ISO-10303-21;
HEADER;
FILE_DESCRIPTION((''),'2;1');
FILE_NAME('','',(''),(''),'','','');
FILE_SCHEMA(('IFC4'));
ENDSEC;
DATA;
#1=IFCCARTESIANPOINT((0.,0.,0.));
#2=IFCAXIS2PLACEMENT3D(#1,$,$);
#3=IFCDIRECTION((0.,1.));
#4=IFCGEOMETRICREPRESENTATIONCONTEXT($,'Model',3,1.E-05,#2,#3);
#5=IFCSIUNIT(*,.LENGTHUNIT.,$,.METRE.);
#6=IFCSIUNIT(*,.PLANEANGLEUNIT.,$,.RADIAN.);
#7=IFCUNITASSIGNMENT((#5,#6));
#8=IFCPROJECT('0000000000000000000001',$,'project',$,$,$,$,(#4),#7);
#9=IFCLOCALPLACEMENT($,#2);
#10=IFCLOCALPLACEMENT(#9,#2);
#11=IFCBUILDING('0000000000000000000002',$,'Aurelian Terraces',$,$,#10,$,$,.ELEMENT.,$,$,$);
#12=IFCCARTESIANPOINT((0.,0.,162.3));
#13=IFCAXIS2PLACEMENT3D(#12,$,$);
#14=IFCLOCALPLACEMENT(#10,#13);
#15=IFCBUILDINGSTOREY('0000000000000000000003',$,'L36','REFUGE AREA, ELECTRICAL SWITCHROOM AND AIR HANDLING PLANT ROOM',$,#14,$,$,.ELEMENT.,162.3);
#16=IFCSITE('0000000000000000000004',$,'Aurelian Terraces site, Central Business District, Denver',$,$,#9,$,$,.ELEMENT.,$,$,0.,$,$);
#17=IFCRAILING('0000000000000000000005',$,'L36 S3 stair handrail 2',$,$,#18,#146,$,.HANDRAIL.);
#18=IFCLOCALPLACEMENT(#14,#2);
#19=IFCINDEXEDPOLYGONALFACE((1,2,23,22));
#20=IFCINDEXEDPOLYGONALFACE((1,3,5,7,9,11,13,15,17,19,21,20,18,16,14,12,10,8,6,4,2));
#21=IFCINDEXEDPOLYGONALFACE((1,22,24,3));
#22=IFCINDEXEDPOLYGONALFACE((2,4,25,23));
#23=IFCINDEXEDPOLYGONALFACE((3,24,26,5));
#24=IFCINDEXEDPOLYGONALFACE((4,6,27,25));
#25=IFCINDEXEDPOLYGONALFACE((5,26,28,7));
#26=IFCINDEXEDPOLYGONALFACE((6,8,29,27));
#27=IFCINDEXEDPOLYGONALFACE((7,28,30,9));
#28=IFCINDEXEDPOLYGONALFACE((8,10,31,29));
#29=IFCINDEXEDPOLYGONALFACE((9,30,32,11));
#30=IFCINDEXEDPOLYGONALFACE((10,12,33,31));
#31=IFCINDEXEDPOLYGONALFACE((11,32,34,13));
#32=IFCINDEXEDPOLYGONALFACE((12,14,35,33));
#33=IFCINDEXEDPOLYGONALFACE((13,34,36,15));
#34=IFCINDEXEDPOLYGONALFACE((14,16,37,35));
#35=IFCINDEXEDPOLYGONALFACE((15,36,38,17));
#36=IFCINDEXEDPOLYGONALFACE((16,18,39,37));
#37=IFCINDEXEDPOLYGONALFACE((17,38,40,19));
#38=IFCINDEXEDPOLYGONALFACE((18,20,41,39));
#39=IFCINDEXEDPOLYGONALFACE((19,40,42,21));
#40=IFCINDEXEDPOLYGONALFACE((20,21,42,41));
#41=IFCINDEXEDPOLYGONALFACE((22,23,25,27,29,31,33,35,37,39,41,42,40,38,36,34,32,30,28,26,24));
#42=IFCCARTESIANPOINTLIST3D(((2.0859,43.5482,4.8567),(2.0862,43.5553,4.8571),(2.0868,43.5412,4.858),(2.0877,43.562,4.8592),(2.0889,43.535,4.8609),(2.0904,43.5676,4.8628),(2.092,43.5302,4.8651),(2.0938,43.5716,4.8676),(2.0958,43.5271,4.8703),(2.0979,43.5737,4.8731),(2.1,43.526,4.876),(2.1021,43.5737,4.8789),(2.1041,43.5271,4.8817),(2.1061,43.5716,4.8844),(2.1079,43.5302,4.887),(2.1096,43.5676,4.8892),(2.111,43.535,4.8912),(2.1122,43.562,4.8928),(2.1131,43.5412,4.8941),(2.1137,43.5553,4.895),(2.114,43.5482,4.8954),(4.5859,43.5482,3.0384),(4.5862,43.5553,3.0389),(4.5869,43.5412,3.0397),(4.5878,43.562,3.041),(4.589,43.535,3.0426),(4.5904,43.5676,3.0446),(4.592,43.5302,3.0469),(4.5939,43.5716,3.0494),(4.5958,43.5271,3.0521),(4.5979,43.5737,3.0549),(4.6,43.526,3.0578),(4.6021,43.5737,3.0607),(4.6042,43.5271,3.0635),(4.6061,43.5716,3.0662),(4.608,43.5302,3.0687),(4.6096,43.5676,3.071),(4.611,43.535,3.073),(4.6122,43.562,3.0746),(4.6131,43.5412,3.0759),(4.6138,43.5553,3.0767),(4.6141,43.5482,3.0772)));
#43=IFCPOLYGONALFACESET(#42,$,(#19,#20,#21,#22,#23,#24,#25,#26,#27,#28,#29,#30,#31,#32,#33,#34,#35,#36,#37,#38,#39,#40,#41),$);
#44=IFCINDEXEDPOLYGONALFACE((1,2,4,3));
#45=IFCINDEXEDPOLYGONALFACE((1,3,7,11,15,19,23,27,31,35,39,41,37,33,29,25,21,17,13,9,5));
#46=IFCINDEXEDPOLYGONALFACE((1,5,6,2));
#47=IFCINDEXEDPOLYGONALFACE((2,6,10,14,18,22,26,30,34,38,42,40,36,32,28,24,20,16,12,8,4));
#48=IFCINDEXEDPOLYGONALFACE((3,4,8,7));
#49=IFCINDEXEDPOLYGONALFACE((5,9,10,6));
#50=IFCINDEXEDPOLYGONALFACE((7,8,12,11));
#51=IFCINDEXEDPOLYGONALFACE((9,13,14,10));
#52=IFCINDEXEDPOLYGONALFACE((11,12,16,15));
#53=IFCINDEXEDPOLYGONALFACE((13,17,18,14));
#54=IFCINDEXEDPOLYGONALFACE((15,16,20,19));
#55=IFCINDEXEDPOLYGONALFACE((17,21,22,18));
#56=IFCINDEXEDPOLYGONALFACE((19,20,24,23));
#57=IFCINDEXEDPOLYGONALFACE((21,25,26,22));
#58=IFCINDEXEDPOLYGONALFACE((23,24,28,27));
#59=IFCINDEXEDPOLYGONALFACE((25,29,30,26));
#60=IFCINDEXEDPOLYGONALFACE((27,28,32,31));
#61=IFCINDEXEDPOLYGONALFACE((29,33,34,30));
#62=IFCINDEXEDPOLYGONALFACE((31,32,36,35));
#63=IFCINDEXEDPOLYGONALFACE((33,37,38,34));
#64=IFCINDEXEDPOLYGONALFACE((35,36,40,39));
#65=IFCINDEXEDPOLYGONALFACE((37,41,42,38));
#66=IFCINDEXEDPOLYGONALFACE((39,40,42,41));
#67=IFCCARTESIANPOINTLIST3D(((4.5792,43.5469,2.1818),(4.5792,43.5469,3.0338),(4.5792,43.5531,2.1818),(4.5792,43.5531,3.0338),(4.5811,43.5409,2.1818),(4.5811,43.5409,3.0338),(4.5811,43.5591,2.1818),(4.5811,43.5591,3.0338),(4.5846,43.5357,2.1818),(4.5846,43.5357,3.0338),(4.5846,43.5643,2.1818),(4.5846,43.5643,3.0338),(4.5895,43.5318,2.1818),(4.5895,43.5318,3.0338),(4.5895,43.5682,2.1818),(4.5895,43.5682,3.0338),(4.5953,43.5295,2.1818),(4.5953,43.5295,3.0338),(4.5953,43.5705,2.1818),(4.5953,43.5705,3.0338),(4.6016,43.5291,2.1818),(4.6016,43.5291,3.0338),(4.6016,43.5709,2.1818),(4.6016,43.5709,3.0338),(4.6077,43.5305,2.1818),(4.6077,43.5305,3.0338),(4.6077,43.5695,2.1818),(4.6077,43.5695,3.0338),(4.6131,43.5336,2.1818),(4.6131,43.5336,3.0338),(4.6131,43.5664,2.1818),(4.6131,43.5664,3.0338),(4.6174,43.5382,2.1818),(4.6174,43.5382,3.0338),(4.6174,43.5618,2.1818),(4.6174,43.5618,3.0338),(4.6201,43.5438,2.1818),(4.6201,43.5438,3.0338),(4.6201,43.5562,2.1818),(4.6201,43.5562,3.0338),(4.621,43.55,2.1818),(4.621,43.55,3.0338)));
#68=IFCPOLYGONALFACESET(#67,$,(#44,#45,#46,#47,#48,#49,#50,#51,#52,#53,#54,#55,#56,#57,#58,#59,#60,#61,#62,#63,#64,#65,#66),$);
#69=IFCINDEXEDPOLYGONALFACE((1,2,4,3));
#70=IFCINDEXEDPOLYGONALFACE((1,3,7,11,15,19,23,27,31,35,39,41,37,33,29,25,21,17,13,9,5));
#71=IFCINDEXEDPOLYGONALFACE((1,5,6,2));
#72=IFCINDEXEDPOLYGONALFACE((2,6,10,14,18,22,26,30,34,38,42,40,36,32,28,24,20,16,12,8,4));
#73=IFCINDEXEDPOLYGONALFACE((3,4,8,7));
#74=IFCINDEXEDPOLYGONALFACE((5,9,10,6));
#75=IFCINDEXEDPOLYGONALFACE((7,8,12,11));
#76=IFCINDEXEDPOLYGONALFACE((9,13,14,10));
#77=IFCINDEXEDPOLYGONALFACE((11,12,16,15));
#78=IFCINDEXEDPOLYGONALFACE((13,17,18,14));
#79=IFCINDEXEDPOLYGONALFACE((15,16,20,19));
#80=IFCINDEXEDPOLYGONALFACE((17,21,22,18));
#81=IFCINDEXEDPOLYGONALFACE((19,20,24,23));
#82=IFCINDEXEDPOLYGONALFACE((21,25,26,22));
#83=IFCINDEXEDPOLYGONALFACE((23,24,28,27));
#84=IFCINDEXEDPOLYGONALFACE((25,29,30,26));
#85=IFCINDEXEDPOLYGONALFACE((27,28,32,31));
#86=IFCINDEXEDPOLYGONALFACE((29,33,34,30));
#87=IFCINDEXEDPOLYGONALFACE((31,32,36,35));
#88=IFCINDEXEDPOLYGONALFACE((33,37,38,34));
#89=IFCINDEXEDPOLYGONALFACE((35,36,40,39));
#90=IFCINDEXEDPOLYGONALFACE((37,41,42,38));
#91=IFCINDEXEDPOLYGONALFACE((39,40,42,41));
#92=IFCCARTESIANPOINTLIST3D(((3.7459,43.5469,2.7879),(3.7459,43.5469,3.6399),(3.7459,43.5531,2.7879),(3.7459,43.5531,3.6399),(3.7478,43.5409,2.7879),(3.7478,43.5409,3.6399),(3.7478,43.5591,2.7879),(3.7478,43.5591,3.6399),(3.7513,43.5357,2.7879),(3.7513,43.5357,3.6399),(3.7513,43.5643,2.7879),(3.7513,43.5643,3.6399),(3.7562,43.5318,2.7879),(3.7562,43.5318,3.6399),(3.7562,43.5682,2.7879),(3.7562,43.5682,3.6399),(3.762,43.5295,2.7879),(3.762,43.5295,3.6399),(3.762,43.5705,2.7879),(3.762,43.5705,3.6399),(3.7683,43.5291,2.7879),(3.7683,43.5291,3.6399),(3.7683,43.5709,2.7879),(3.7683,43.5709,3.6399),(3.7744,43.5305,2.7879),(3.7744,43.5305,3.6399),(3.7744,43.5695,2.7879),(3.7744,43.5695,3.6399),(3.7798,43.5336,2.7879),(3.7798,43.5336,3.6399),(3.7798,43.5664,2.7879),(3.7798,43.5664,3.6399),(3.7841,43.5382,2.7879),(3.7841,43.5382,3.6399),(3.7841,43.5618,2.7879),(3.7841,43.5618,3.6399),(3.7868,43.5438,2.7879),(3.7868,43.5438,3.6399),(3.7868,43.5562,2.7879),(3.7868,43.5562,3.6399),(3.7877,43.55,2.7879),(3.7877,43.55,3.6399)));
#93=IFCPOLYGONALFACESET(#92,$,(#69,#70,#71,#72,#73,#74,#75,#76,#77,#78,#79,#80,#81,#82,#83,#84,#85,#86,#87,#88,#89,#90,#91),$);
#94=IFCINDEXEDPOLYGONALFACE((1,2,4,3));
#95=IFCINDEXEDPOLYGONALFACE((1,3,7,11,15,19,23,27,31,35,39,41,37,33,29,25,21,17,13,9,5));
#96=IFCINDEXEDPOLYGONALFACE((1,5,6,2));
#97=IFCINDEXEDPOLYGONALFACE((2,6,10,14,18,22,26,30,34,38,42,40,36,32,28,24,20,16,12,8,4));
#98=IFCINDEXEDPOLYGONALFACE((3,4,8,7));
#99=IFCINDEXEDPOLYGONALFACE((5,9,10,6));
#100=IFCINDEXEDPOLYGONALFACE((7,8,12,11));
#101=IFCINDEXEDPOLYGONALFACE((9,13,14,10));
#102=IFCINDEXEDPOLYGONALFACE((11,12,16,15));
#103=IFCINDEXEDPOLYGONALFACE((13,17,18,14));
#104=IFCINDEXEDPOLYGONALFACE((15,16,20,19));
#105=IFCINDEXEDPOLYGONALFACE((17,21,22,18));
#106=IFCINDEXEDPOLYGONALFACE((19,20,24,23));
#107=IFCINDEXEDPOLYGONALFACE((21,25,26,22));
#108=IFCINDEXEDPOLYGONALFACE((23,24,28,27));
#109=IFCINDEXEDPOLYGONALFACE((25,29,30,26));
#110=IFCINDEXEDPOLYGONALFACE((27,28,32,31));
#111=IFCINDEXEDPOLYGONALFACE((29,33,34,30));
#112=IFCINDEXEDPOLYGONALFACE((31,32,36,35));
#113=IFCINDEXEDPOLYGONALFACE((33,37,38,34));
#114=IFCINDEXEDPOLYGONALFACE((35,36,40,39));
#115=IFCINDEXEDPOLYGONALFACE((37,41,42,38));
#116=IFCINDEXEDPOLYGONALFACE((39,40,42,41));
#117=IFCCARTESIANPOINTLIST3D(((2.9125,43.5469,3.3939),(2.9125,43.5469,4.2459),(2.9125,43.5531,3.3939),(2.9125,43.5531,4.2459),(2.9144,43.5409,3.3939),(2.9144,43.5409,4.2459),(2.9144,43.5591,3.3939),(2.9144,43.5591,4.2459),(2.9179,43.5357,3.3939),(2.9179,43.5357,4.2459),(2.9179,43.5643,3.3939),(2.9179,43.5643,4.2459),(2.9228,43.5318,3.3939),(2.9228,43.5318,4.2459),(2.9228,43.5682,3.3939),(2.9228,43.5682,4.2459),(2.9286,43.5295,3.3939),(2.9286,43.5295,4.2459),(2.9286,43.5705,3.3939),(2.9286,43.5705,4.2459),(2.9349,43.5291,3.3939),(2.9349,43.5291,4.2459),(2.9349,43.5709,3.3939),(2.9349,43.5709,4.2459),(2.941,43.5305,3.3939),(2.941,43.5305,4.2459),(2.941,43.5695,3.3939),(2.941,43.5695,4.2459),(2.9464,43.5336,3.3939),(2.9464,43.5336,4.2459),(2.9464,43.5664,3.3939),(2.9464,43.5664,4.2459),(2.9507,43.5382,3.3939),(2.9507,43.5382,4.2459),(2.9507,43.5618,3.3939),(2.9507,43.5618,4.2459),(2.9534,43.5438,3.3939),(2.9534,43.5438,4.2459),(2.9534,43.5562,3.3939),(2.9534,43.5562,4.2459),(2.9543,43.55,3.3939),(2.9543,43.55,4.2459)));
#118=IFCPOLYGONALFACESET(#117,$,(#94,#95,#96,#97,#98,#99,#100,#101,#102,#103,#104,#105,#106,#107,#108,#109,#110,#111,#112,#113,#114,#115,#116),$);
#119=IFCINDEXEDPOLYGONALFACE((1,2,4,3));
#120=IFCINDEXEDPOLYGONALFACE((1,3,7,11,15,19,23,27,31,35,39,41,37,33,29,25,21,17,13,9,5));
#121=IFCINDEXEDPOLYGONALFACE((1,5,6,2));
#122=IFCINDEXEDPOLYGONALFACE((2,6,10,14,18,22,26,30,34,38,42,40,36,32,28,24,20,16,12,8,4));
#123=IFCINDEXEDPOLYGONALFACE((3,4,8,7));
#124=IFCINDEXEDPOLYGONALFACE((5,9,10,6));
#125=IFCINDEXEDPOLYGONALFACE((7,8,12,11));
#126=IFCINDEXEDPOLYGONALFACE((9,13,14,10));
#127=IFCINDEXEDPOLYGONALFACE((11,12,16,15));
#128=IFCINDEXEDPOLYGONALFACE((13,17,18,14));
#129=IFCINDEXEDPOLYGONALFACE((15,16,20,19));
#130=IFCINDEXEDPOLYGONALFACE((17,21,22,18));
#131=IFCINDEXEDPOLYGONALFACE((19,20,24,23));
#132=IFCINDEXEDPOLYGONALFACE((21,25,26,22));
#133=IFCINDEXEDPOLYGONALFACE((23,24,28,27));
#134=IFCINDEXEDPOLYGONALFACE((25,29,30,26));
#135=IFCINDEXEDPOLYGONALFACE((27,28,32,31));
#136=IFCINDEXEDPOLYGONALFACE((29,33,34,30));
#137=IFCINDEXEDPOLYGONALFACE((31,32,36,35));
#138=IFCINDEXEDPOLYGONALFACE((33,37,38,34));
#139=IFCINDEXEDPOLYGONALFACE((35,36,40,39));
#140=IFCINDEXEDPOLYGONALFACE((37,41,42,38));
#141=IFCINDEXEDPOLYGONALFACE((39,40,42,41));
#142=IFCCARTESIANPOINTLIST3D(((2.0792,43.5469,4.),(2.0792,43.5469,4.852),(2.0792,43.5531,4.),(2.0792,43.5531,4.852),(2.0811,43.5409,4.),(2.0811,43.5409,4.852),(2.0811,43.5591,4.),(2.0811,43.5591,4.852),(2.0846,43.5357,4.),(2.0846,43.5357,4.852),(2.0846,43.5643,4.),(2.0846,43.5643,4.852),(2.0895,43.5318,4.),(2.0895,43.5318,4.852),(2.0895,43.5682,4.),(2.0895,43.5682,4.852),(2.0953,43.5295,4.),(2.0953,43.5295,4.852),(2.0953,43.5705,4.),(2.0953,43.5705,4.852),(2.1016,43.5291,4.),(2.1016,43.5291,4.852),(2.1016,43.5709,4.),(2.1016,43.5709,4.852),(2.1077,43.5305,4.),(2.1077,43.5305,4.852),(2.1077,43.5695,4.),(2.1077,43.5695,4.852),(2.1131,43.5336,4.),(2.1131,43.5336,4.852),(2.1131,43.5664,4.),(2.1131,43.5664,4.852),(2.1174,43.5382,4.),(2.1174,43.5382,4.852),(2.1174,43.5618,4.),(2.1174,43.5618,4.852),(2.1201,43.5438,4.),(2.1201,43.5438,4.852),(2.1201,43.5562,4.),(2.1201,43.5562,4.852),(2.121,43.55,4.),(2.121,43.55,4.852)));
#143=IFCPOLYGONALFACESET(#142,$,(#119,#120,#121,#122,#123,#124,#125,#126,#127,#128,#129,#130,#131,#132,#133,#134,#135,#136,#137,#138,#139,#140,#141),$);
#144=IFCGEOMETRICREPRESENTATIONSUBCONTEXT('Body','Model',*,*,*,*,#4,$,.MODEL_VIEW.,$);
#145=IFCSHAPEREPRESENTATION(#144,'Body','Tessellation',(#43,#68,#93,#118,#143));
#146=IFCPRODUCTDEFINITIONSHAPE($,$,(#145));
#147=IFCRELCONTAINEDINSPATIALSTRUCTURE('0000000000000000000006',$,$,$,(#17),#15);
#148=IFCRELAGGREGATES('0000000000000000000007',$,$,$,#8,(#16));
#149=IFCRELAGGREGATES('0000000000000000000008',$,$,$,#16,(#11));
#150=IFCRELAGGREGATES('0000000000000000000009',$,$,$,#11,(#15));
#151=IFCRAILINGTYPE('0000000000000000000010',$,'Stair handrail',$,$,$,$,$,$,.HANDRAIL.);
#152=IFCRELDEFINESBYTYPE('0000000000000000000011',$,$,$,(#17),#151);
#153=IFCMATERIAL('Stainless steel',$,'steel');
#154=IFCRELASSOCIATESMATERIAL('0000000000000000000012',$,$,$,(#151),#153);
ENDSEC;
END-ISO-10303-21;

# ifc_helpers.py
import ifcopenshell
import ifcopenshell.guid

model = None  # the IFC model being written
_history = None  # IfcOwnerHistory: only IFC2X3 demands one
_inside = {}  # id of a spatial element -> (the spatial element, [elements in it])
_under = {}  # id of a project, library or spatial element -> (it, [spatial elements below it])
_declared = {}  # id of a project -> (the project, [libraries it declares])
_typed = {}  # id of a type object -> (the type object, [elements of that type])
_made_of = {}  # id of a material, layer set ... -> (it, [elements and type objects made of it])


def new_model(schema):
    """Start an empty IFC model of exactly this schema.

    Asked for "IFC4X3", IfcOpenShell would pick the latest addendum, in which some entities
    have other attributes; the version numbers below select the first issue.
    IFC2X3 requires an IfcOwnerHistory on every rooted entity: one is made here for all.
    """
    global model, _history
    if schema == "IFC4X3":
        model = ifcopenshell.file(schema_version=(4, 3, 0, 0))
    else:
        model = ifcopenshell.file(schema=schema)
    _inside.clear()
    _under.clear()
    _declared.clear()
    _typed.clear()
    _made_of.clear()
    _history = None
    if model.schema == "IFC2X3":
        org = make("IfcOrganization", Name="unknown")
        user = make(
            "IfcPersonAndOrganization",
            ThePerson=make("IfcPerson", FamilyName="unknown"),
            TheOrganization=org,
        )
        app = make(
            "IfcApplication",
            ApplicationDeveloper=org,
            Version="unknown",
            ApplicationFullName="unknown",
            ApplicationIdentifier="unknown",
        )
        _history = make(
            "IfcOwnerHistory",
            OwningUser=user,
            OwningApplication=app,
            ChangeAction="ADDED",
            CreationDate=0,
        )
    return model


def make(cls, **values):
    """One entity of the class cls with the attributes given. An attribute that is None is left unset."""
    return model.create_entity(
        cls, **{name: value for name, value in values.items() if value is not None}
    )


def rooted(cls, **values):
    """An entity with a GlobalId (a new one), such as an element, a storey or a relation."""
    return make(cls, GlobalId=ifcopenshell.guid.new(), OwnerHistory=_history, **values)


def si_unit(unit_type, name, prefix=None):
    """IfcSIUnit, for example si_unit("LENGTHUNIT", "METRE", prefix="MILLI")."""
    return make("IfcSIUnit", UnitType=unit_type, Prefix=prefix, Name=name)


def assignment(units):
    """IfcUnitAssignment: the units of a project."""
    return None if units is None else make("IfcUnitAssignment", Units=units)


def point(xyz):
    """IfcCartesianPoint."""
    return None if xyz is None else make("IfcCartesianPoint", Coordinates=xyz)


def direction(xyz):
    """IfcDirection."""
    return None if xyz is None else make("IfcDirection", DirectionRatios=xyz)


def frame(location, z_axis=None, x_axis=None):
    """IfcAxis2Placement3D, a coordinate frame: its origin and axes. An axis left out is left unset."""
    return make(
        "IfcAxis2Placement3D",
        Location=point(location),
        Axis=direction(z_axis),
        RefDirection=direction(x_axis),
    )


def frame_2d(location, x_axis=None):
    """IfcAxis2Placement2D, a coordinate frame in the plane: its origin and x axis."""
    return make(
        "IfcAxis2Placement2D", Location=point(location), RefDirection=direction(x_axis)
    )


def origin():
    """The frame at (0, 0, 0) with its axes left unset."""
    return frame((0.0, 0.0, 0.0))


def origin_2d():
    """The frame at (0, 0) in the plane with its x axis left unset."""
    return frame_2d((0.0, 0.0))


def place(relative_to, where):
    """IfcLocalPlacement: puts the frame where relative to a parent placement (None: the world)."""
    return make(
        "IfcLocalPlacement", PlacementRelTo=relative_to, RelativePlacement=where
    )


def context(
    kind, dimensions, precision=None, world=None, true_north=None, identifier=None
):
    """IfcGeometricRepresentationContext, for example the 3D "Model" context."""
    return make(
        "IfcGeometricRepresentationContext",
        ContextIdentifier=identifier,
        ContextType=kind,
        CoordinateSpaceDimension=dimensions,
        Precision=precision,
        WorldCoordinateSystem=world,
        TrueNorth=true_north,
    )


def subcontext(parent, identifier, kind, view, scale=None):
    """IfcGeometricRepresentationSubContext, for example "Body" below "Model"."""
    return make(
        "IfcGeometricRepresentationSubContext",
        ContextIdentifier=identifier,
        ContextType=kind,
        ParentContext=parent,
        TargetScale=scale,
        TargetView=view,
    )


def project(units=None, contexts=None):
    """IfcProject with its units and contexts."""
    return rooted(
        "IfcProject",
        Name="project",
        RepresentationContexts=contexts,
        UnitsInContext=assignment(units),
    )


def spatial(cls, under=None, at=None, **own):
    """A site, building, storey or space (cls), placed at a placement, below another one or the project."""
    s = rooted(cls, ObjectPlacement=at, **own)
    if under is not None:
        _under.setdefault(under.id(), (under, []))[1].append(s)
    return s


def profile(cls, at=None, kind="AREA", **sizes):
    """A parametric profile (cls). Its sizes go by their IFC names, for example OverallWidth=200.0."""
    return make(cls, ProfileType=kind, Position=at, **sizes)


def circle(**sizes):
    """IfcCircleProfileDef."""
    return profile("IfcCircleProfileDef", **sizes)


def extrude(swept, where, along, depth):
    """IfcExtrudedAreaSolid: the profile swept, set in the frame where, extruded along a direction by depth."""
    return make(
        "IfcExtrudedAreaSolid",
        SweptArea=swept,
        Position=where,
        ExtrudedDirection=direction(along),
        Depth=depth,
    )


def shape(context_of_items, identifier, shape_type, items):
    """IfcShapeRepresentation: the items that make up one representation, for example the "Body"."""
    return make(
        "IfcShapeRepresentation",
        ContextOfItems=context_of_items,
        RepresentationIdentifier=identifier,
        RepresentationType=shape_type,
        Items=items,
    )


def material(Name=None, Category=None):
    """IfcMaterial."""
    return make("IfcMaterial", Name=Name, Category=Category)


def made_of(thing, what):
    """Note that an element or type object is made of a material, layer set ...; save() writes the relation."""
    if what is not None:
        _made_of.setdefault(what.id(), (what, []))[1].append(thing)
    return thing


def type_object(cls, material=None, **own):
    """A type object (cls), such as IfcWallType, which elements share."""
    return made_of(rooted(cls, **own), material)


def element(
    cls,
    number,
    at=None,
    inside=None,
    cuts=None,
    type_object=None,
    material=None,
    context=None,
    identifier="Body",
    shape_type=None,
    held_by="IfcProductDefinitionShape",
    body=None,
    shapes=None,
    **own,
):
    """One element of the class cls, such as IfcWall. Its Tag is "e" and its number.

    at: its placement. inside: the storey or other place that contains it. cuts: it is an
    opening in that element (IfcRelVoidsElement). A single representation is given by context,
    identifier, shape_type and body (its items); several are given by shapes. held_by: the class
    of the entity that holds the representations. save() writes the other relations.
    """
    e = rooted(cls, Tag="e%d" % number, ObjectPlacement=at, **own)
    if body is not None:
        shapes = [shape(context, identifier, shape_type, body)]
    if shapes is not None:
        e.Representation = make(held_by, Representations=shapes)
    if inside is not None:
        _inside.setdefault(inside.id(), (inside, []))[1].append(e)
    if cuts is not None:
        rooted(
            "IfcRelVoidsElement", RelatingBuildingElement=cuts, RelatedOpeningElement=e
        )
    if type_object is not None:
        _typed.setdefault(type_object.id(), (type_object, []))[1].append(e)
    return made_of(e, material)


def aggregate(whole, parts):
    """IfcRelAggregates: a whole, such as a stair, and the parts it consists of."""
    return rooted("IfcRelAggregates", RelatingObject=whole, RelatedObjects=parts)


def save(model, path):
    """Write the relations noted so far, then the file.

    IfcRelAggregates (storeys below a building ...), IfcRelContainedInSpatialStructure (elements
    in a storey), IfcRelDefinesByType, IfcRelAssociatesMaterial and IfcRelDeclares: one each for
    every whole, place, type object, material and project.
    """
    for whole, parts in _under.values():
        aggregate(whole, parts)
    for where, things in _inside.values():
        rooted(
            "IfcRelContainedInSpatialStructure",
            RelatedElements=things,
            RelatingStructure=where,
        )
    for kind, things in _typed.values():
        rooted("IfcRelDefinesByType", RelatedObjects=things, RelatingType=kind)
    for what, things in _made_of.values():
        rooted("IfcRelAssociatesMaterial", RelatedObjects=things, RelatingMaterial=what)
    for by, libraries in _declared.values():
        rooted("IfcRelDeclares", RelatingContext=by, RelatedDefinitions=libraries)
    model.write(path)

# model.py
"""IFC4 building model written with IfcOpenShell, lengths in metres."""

from ifc_helpers import new_model, si_unit, direction, frame, origin, origin_2d, place, context, subcontext, project, spatial, circle, extrude, material, type_object, element, save


model = new_model("IFC4")

# Units and contexts
model_context = context("Model", 3, precision=1e-05, world=origin(), true_north=direction((0.0, 1.0)))
body_context = subcontext(model_context, "Body", "Model", "MODEL_VIEW")
ifc_project = project(units=[si_unit("LENGTHUNIT", "METRE"), si_unit("PLANEANGLEUNIT", "RADIAN")], contexts=[model_context])

# Site, building, storey
site_placement = place(None, origin())
site = spatial("IfcSite", under=ifc_project, at=site_placement, Name="Aurelian Terraces site, Central Business District, Denver", CompositionType="ELEMENT", RefElevation=0.0)
building_placement = place(site_placement, origin())
building = spatial("IfcBuilding", under=site, at=building_placement, Name="Aurelian Terraces", CompositionType="ELEMENT")
storey_placement = place(building_placement, frame((0.0, 0.0, 162.3)))
storey = spatial("IfcBuildingStorey", under=building, at=storey_placement, Name="L36", Description="REFUGE AREA, ELECTRICAL SWITCHROOM AND AIR HANDLING PLANT ROOM", CompositionType="ELEMENT", Elevation=162.3)

# Railing
ifc_material_1 = material(Name="Stainless steel", Category="steel")
railing_type_1 = type_object("IfcRailingType", Name="Stair handrail", PredefinedType="HANDRAIL", material=ifc_material_1)
railing_1_placement = place(storey_placement, frame((4.6, 43.55, 2.1818)))
element("IfcRailing", 1, at=railing_1_placement, inside=storey, type_object=railing_type_1, Name="L36 S3 stair handrail 2", PredefinedType="HANDRAIL", context=body_context, shape_type="SweptSolid", body=[
    extrude(circle(Radius=0.024, at=origin_2d()), frame((0.0, 0.0, 0.876), z_axis=(-0.808733, 0.0, 0.588176), x_axis=(0.0, -1.0, 0.0)), (0.0, 0.0, 1.0), 3.0913),
    extrude(circle(Radius=0.021, at=origin_2d()), origin(), (0.0, 0.0, 1.0), 0.852),
    extrude(circle(Radius=0.021, at=origin_2d()), frame((-0.8333, 0.0, 0.6061)), (0.0, 0.0, 1.0), 0.852),
    extrude(circle(Radius=0.021, at=origin_2d()), frame((-1.6667, 0.0, 1.2121)), (0.0, 0.0, 1.0), 0.852),
    extrude(circle(Radius=0.021, at=origin_2d()), frame((-2.5, 0.0, 1.8182)), (0.0, 0.0, 1.0), 0.852),
])

save(model, "model.ifc")
